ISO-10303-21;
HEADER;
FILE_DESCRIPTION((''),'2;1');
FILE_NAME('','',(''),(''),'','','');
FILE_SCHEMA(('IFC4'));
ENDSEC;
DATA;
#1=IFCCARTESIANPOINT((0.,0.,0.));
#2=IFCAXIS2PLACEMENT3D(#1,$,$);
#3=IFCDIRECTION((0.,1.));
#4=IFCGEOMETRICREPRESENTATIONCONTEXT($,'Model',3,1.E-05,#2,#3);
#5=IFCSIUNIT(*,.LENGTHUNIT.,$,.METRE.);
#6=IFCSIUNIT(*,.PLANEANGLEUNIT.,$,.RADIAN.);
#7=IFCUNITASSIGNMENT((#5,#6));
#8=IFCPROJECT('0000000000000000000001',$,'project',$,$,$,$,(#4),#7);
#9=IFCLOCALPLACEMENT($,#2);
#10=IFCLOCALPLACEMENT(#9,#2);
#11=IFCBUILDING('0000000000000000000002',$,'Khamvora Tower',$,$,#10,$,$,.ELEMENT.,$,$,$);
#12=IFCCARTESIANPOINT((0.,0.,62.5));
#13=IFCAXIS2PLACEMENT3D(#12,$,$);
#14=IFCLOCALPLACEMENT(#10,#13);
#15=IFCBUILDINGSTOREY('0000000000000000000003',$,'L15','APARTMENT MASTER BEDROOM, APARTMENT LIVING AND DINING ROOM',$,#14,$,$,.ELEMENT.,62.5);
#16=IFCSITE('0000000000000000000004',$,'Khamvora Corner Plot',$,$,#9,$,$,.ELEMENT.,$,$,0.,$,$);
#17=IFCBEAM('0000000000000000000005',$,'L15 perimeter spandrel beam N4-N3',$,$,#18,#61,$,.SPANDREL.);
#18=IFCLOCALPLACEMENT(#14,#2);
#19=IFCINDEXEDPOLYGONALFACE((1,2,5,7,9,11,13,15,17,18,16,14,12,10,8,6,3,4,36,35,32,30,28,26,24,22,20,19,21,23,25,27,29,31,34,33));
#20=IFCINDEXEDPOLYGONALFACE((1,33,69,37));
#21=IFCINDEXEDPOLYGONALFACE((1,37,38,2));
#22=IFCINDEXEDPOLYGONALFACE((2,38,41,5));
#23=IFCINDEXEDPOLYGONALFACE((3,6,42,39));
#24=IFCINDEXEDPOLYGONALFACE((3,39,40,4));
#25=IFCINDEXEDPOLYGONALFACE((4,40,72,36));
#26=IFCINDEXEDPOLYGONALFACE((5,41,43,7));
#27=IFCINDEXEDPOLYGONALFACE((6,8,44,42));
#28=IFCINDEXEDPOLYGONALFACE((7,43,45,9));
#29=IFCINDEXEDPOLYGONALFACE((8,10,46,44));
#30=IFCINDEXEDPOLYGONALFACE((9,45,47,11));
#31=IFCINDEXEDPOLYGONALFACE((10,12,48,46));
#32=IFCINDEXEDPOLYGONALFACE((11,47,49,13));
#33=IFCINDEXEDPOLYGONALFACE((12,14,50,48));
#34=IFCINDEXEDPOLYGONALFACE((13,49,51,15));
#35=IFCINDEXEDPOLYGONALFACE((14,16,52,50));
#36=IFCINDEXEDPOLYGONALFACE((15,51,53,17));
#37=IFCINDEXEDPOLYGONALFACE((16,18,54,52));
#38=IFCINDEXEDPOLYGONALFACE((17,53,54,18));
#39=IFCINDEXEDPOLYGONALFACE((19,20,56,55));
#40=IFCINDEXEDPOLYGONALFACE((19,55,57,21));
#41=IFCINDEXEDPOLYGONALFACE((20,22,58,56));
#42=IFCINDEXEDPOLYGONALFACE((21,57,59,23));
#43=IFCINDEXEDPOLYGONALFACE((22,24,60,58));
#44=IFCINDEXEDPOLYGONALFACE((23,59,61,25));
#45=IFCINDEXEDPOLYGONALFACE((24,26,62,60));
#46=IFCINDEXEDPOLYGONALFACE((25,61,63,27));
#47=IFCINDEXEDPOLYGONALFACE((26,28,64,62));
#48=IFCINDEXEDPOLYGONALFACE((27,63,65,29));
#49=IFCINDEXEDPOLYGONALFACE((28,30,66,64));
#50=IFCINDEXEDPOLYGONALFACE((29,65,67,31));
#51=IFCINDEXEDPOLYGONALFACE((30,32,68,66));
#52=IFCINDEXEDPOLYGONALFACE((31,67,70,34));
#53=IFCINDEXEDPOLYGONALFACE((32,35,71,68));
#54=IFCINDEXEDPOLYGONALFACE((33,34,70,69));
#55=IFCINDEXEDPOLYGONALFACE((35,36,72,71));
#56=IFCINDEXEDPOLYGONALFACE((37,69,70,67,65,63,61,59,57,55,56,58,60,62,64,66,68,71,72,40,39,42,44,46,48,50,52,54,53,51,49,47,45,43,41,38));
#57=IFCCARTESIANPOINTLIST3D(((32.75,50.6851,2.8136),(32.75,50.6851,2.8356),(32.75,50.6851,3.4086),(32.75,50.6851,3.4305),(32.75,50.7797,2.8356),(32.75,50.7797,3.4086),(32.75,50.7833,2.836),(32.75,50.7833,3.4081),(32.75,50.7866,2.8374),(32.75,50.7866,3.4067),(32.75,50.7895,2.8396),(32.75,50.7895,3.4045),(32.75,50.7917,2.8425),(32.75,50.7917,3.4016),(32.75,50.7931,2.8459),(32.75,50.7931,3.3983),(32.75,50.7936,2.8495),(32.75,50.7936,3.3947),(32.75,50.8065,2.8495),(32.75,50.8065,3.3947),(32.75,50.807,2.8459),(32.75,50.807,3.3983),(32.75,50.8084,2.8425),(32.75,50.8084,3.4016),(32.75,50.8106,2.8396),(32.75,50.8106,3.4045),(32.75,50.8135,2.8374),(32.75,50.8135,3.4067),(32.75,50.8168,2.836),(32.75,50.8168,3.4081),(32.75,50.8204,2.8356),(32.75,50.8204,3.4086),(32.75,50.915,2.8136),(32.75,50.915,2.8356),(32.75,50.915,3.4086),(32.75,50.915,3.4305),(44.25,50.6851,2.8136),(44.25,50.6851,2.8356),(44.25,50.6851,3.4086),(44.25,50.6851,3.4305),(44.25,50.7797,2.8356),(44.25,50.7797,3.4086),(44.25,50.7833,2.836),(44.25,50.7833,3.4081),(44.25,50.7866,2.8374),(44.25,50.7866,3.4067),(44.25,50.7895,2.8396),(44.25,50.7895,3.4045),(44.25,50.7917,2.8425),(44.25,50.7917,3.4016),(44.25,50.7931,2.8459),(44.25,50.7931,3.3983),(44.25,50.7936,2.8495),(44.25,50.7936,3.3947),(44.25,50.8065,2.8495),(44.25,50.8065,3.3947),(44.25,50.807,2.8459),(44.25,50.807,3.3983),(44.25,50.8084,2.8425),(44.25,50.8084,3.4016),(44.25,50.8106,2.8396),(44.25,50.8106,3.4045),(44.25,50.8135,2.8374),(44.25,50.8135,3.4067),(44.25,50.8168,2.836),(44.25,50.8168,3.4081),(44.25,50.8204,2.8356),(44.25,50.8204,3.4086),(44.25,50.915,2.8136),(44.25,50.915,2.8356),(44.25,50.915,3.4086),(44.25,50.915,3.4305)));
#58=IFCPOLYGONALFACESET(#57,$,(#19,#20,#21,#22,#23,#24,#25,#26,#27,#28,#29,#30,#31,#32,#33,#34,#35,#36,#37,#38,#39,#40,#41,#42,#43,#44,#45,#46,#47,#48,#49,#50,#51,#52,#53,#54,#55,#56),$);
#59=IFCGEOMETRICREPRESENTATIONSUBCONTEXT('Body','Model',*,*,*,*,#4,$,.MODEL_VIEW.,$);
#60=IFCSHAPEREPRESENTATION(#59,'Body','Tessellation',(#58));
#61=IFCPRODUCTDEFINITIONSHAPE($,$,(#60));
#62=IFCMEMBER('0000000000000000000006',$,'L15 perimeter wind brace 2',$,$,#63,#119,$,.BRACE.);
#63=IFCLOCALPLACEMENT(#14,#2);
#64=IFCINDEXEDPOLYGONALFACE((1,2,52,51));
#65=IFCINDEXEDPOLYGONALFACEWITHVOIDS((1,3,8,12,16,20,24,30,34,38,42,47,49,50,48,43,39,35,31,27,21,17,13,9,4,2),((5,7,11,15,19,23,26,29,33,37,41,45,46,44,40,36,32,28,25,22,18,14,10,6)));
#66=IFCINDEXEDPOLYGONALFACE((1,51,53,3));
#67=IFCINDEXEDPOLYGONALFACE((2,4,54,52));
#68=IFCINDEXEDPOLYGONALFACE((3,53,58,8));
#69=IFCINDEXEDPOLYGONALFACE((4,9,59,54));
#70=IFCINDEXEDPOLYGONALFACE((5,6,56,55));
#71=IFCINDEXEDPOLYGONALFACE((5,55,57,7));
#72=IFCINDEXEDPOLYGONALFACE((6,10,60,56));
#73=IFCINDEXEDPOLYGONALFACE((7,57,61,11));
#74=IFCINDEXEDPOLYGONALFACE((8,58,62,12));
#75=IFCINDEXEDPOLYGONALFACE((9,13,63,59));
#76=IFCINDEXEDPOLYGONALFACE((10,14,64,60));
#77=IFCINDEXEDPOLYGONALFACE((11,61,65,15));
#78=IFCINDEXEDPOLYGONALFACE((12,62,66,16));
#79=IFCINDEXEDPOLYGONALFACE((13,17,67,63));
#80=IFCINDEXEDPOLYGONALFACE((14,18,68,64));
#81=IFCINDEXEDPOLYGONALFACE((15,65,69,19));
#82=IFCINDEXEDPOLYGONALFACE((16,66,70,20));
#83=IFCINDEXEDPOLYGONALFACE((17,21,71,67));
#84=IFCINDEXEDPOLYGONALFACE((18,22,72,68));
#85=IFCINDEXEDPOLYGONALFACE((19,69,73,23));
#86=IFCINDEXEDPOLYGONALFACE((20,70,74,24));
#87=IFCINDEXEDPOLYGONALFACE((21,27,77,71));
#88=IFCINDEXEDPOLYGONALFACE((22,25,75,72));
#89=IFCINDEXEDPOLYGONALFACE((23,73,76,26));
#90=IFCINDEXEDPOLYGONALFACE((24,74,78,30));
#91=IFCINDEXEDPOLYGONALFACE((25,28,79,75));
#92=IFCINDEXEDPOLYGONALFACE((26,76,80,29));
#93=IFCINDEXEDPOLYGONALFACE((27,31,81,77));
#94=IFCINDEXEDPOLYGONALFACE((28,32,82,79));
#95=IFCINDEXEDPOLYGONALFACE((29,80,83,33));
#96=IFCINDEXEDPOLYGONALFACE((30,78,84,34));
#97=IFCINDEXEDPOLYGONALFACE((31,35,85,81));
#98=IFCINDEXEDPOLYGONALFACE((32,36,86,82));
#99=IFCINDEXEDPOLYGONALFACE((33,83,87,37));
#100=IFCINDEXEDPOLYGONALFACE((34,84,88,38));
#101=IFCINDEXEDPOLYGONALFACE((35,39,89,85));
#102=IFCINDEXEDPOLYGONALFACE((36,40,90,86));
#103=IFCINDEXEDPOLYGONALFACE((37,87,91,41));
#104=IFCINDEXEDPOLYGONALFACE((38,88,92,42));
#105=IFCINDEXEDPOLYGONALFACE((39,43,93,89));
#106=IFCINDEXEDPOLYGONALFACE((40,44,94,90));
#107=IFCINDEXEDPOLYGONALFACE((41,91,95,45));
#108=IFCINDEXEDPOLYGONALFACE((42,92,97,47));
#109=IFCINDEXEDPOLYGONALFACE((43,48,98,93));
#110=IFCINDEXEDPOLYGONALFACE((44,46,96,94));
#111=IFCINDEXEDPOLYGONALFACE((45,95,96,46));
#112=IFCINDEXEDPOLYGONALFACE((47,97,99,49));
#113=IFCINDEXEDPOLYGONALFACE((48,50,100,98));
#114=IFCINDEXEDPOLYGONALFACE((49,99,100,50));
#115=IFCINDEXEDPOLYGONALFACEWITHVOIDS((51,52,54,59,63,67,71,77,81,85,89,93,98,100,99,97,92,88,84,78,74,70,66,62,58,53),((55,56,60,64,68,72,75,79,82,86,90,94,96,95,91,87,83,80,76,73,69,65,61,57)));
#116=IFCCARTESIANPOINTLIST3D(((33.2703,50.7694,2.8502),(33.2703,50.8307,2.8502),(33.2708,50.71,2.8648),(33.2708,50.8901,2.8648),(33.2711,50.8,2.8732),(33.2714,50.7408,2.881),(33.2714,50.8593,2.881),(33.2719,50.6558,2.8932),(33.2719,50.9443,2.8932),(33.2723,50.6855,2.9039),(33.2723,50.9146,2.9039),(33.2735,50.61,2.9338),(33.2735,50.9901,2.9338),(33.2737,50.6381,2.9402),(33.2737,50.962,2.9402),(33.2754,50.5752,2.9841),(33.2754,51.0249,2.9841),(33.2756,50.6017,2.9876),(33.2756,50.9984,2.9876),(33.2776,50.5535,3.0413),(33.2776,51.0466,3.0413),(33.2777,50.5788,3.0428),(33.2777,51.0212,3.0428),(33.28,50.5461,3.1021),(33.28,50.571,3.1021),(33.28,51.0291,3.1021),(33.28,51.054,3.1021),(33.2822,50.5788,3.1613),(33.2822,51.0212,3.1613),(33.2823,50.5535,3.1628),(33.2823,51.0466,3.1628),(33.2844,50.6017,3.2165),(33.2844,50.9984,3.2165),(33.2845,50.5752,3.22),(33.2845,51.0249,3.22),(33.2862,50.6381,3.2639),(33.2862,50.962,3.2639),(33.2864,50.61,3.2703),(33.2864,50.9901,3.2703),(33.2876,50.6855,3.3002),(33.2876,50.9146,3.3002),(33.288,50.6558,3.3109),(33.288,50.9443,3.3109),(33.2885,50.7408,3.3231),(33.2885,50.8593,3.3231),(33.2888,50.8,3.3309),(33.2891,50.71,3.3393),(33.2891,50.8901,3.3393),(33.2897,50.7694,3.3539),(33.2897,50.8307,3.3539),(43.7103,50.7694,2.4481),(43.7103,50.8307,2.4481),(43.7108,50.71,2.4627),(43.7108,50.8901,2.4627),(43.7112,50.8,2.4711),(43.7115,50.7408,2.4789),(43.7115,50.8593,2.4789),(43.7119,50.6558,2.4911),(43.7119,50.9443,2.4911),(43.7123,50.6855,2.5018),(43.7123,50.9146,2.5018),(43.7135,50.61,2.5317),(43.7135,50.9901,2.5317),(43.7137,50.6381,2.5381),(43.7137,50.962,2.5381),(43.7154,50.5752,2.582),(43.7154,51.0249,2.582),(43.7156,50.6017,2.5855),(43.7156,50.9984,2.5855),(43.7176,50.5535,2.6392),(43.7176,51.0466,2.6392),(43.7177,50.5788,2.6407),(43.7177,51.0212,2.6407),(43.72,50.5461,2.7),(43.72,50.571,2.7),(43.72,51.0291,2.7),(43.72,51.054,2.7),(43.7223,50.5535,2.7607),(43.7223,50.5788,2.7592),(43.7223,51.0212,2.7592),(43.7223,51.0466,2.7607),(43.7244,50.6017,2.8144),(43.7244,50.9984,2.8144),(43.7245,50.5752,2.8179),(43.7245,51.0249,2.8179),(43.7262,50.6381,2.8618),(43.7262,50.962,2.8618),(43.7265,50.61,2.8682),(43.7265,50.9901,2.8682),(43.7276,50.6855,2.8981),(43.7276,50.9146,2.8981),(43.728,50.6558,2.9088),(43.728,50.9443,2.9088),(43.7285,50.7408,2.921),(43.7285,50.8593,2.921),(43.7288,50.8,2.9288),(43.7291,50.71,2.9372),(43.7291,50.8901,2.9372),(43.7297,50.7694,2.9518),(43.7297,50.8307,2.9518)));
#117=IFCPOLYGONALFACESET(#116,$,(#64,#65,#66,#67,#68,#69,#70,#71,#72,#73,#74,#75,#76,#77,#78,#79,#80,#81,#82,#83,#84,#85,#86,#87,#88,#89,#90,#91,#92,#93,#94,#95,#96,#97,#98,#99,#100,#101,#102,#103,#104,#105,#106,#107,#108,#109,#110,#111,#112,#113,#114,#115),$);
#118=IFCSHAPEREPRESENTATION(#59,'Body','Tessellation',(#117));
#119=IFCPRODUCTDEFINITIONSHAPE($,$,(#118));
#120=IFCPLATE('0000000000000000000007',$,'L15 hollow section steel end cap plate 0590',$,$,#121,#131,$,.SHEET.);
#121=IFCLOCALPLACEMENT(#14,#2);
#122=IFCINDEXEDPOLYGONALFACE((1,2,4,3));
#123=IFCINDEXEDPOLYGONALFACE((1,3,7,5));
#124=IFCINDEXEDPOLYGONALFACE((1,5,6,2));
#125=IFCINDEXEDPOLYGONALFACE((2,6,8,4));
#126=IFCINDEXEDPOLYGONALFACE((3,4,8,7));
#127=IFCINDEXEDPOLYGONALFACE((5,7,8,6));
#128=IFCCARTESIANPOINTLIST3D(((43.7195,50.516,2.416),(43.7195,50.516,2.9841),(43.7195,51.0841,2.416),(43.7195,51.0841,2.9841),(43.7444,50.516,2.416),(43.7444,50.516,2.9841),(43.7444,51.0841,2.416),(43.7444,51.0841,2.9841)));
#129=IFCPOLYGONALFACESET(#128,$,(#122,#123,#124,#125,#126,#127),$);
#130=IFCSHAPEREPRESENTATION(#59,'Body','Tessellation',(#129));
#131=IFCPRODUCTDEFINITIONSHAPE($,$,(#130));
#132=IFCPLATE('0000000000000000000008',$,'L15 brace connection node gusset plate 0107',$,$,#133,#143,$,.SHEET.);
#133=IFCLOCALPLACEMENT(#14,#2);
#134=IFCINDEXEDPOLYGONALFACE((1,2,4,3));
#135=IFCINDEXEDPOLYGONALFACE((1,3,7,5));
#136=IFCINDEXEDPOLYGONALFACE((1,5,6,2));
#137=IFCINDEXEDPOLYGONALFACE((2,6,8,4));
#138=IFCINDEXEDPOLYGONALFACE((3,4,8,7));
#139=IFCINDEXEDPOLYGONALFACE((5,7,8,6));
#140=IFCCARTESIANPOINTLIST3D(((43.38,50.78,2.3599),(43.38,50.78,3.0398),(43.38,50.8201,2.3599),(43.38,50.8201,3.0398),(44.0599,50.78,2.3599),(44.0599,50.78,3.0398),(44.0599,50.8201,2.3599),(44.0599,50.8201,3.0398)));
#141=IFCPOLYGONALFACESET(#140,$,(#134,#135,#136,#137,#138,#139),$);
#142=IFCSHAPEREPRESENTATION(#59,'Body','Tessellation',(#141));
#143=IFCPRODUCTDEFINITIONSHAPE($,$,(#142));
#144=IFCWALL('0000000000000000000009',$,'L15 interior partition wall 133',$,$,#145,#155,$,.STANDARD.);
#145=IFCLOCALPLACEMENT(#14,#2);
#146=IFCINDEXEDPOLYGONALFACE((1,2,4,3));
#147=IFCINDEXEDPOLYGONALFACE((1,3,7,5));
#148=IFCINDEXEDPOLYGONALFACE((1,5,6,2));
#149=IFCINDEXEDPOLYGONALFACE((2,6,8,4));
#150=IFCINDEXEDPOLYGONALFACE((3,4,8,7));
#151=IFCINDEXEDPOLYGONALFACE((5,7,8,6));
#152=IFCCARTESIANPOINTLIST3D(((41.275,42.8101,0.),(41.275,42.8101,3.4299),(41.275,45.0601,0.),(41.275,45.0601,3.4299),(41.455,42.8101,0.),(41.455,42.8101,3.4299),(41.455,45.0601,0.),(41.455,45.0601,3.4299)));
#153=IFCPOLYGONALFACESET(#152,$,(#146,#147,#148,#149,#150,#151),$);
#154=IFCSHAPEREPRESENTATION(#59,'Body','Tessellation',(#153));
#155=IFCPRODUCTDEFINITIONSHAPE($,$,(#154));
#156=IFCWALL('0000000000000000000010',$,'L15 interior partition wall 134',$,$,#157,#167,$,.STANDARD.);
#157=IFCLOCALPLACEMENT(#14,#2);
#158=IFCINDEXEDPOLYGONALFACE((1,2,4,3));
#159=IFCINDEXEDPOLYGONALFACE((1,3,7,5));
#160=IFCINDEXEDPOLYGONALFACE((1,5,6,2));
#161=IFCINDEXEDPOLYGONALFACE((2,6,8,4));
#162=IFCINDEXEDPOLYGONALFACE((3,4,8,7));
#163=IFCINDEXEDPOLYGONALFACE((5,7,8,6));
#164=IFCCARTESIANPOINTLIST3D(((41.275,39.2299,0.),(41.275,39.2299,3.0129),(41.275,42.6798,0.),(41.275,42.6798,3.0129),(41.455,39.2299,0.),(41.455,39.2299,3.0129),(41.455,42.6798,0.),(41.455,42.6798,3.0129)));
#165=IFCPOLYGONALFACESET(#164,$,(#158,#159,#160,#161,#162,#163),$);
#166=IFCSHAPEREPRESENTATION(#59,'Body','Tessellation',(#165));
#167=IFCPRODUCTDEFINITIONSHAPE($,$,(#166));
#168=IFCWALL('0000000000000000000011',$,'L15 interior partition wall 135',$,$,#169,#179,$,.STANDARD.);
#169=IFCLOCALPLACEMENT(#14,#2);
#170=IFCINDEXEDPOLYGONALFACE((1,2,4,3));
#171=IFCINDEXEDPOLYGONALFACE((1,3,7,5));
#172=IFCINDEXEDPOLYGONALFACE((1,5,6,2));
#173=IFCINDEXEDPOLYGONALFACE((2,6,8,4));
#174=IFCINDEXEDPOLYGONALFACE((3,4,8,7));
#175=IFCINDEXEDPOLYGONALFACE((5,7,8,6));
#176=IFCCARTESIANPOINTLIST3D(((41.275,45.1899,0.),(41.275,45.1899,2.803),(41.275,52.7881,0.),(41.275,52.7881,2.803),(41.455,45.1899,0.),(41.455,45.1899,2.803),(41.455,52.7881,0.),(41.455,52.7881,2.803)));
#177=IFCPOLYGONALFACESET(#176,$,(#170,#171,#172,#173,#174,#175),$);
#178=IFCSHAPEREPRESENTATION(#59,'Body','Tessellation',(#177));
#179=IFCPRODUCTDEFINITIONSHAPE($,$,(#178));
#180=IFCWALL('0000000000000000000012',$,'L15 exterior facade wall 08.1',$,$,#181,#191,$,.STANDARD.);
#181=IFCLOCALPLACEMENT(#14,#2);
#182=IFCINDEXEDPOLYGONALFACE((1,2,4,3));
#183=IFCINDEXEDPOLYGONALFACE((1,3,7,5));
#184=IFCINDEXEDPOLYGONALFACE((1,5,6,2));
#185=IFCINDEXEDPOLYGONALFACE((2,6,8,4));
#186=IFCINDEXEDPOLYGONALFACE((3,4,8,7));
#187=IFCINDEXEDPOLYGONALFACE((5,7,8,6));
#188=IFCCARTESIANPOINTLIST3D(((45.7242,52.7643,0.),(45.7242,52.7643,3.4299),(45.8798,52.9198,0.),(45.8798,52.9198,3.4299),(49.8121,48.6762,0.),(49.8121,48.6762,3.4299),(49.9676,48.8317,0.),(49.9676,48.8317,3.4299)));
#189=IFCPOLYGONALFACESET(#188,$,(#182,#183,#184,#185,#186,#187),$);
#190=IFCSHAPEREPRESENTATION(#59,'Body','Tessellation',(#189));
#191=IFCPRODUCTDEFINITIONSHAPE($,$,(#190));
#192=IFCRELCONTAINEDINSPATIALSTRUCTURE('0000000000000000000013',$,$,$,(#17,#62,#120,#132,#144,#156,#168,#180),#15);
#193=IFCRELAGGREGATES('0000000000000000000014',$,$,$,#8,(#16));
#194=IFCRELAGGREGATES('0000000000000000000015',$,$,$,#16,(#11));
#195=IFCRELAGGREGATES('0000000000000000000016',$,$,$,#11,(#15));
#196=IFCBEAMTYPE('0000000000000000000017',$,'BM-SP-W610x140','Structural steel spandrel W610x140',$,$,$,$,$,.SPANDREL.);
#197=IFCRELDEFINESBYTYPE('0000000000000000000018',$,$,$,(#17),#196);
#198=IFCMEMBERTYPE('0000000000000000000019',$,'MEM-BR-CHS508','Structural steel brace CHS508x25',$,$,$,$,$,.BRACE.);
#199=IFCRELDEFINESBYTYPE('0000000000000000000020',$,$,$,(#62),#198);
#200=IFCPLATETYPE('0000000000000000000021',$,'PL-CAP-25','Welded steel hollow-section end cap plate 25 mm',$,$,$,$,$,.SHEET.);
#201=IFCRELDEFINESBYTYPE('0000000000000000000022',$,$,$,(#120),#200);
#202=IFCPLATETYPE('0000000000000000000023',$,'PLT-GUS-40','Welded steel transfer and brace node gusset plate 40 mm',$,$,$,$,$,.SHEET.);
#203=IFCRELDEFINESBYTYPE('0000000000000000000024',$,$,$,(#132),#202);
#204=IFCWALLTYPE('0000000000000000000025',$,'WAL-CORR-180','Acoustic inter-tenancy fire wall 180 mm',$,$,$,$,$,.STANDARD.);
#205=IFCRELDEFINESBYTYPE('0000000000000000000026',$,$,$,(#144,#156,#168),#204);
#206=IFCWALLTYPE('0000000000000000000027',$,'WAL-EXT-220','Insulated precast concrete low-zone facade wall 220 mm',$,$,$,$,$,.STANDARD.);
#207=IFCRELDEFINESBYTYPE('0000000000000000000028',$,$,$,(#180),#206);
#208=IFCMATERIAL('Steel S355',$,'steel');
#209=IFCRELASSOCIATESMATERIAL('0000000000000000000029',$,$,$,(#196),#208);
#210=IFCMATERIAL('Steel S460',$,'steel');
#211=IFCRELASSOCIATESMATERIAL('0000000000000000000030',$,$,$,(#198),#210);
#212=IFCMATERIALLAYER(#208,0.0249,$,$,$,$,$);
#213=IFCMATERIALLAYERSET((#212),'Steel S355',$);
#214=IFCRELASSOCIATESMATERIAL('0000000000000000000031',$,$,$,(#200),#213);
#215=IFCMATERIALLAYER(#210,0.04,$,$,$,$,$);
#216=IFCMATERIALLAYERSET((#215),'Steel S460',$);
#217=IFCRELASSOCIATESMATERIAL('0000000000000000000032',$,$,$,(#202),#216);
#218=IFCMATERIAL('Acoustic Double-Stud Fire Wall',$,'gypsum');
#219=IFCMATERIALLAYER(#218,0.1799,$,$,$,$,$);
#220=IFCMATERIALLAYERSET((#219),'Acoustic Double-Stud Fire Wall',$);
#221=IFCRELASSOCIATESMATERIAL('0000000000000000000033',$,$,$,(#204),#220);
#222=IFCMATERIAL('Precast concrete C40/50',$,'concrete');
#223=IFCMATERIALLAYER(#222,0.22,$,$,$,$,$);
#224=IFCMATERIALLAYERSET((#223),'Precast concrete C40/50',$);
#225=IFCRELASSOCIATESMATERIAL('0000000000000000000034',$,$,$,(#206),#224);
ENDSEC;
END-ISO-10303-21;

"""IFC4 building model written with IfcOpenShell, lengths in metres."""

from ifc_helpers import new_model, si_unit, direction, frame, frame_2d, origin, origin_2d, place, context, subcontext, project, spatial, rectangle, hollow_circle, i_section, extrude, material, layer, layer_set, material_profile, profile_set, type_object, element, save


model = new_model("IFC4")

# Units and contexts
model_context = context("Model", 3, precision=1e-05, world=origin(), true_north=direction((0.0, 1.0)))
body_context = subcontext(model_context, "Body", "Model", "MODEL_VIEW")
ifc_project = project(units=[si_unit("LENGTHUNIT", "METRE"), si_unit("PLANEANGLEUNIT", "RADIAN")], contexts=[model_context])

# Site, building, storey
site_placement = place(None, origin())
site = spatial("IfcSite", under=ifc_project, at=site_placement, Name="Khamvora Corner Plot", CompositionType="ELEMENT", RefElevation=0.0)
building_placement = place(site_placement, origin())
building = spatial("IfcBuilding", under=site, at=building_placement, Name="Khamvora Tower", CompositionType="ELEMENT")
storey_placement = place(building_placement, frame((0.0, 0.0, 62.5)))
storey = spatial("IfcBuildingStorey", under=building, at=storey_placement, Name="L15", Description="APARTMENT MASTER BEDROOM, APARTMENT LIVING AND DINING ROOM", CompositionType="ELEMENT", Elevation=62.5)

# Shared definitions
ifc_material_1 = material(Name="Steel S460", Category="steel")

# Beam
ifc_material_2 = material(Name="Steel S355", Category="steel")
ifc_material_profile_1 = material_profile(ifc_material_2, i_section(OverallWidth=0.23, OverallDepth=0.6169, WebThickness=0.0129, FlangeThickness=0.022, FilletRadius=0.0139, at=origin_2d()), Name="W610x140")
ifc_profile_set_1 = profile_set([ifc_material_profile_1], Name="Steel S355")
beam_type_1 = type_object("IfcBeamType", Name="BM-SP-W610x140", Description="Structural steel spandrel W610x140", PredefinedType="SPANDREL", material=ifc_profile_set_1)
beam_1_placement = place(storey_placement, frame((44.25, 50.8, 3.1221), z_axis=(-1.0, 0.0, 0.0), x_axis=(0.0, -1.0, 0.0)))
element("IfcBeam", 1, at=beam_1_placement, inside=storey, type_object=beam_type_1, Name="L15 perimeter spandrel beam N4-N3", PredefinedType="SPANDREL", context=body_context, shape_type="SweptSolid", body=[
    extrude(i_section(OverallWidth=0.23, OverallDepth=0.6169, WebThickness=0.0129, FlangeThickness=0.022, FilletRadius=0.0139, at=origin_2d()), origin(), (0.0, 0.0, 1.0), 11.5),
])

# Member
ifc_material_profile_2 = material_profile(ifc_material_1, hollow_circle(Radius=0.2539, WallThickness=0.0249, at=origin_2d()), Name="CHS508x25")
ifc_profile_set_2 = profile_set([ifc_material_profile_2], Name="Steel S460")
member_type = type_object("IfcMemberType", Name="MEM-BR-CHS508", Description="Structural steel brace CHS508x25", PredefinedType="BRACE", material=ifc_profile_set_2)
member_placement = place(storey_placement, frame((43.72, 50.8, 2.7), z_axis=(-0.999259, 0.0, 0.038487), x_axis=(0.0, -1.0, 0.0)))
element("IfcMember", 2, at=member_placement, inside=storey, type_object=member_type, Name="L15 perimeter wind brace 2", PredefinedType="BRACE", context=body_context, shape_type="SweptSolid", body=[
    extrude(hollow_circle(Radius=0.2539, WallThickness=0.0249, at=origin_2d()), origin(), (0.0, 0.0, 1.0), 10.4478),
])

# Plates
ifc_layer_1 = layer(ifc_material_2, 0.0249)
ifc_layer_set_1 = layer_set([ifc_layer_1], Name="Steel S355")
plate_type_1 = type_object("IfcPlateType", Name="PL-CAP-25", Description="Welded steel hollow-section end cap plate 25 mm", PredefinedType="SHEET", material=ifc_layer_set_1)
plate_1_placement = place(storey_placement, frame((43.7319, 50.8, 2.416), z_axis=(0.0, 0.0, 1.0), x_axis=(-1.0, 0.0, 0.0)))
element("IfcPlate", 3, at=plate_1_placement, inside=storey, type_object=plate_type_1, Name="L15 hollow section steel end cap plate 0590", PredefinedType="SHEET", context=body_context, shape_type="SweptSolid", body=[
    extrude(rectangle(XDim=0.0249, YDim=0.5681, at=origin_2d()), origin(), (0.0, 0.0, 1.0), 0.5681),
])
ifc_layer_2 = layer(ifc_material_1, 0.04)
ifc_layer_set_2 = layer_set([ifc_layer_2], Name="Steel S460")
plate_type_2 = type_object("IfcPlateType", Name="PLT-GUS-40", Description="Welded steel transfer and brace node gusset plate 40 mm", PredefinedType="SHEET", material=ifc_layer_set_2)
plate_2_placement = place(storey_placement, frame((43.72, 50.8, 2.3599), z_axis=(0.0, 0.0, 1.0), x_axis=(1.0, 0.0, 0.0)))
element("IfcPlate", 4, at=plate_2_placement, inside=storey, type_object=plate_type_2, Name="L15 brace connection node gusset plate 0107", PredefinedType="SHEET", context=body_context, shape_type="SweptSolid", body=[
    extrude(rectangle(XDim=0.6799, YDim=0.04, at=origin_2d()), origin(), (0.0, 0.0, 1.0), 0.6799),
])

# Walls
ifc_material_3 = material(Name="Acoustic Double-Stud Fire Wall", Category="gypsum")
ifc_layer_3 = layer(ifc_material_3, 0.1799)
ifc_layer_set_3 = layer_set([ifc_layer_3], Name="Acoustic Double-Stud Fire Wall")
wall_type_1 = type_object("IfcWallType", Name="WAL-CORR-180", Description="Acoustic inter-tenancy fire wall 180 mm", PredefinedType="STANDARD", material=ifc_layer_set_3)
wall_1_placement = place(storey_placement, frame((41.365, 45.0601, 0.0), z_axis=(0.0, 0.0, 1.0), x_axis=(0.0, -1.0, 0.0)))
element("IfcWall", 5, at=wall_1_placement, inside=storey, type_object=wall_type_1, Name="L15 interior partition wall 133", PredefinedType="STANDARD", context=body_context, shape_type="SweptSolid", body=[
    extrude(rectangle(XDim=2.25, YDim=0.1799, at=frame_2d((1.125, 0.0))), origin(), (0.0, 0.0, 1.0), 3.4299),
])
wall_2_placement = place(storey_placement, frame((41.365, 42.6799, 0.0), z_axis=(0.0, 0.0, 1.0), x_axis=(0.0, -1.0, 0.0)))
element("IfcWall", 6, at=wall_2_placement, inside=storey, type_object=wall_type_1, Name="L15 interior partition wall 134", PredefinedType="STANDARD", context=body_context, shape_type="SweptSolid", body=[
    extrude(rectangle(XDim=3.45, YDim=0.1799, at=frame_2d((1.7251, 0.0))), origin(), (0.0, 0.0, 1.0), 3.0129),
])
wall_3_placement = place(storey_placement, frame((41.365, 52.7881, 0.0), z_axis=(0.0, 0.0, 1.0), x_axis=(0.0, -1.0, 0.0)))
element("IfcWall", 7, at=wall_3_placement, inside=storey, type_object=wall_type_1, Name="L15 interior partition wall 135", PredefinedType="STANDARD", context=body_context, shape_type="SweptSolid", body=[
    extrude(rectangle(XDim=7.5981, YDim=0.1799, at=frame_2d((3.7991, 0.0))), origin(), (0.0, 0.0, 1.0), 2.803),
])
ifc_material_4 = material(Name="Precast concrete C40/50", Category="concrete")
ifc_layer_4 = layer(ifc_material_4, 0.22)
ifc_layer_set_4 = layer_set([ifc_layer_4], Name="Precast concrete C40/50")
wall_type_2 = type_object("IfcWallType", Name="WAL-EXT-220", Description="Insulated precast concrete low-zone facade wall 220 mm", PredefinedType="STANDARD", material=ifc_layer_set_4)
wall_4_placement = place(storey_placement, frame((45.802, 52.842, 0.0), z_axis=(0.0, 0.0, 1.0), x_axis=(0.707086, -0.707128, 0.0)))
element("IfcWall", 8, at=wall_4_placement, inside=storey, type_object=wall_type_2, Name="L15 exterior facade wall 08.1", PredefinedType="STANDARD", context=body_context, shape_type="SweptSolid", body=[
    extrude(rectangle(XDim=5.7812, YDim=0.22, at=frame_2d((2.8906, 0.0))), origin(), (0.0, 0.0, 1.0), 3.4299),
])

save(model, "model.ifc")
